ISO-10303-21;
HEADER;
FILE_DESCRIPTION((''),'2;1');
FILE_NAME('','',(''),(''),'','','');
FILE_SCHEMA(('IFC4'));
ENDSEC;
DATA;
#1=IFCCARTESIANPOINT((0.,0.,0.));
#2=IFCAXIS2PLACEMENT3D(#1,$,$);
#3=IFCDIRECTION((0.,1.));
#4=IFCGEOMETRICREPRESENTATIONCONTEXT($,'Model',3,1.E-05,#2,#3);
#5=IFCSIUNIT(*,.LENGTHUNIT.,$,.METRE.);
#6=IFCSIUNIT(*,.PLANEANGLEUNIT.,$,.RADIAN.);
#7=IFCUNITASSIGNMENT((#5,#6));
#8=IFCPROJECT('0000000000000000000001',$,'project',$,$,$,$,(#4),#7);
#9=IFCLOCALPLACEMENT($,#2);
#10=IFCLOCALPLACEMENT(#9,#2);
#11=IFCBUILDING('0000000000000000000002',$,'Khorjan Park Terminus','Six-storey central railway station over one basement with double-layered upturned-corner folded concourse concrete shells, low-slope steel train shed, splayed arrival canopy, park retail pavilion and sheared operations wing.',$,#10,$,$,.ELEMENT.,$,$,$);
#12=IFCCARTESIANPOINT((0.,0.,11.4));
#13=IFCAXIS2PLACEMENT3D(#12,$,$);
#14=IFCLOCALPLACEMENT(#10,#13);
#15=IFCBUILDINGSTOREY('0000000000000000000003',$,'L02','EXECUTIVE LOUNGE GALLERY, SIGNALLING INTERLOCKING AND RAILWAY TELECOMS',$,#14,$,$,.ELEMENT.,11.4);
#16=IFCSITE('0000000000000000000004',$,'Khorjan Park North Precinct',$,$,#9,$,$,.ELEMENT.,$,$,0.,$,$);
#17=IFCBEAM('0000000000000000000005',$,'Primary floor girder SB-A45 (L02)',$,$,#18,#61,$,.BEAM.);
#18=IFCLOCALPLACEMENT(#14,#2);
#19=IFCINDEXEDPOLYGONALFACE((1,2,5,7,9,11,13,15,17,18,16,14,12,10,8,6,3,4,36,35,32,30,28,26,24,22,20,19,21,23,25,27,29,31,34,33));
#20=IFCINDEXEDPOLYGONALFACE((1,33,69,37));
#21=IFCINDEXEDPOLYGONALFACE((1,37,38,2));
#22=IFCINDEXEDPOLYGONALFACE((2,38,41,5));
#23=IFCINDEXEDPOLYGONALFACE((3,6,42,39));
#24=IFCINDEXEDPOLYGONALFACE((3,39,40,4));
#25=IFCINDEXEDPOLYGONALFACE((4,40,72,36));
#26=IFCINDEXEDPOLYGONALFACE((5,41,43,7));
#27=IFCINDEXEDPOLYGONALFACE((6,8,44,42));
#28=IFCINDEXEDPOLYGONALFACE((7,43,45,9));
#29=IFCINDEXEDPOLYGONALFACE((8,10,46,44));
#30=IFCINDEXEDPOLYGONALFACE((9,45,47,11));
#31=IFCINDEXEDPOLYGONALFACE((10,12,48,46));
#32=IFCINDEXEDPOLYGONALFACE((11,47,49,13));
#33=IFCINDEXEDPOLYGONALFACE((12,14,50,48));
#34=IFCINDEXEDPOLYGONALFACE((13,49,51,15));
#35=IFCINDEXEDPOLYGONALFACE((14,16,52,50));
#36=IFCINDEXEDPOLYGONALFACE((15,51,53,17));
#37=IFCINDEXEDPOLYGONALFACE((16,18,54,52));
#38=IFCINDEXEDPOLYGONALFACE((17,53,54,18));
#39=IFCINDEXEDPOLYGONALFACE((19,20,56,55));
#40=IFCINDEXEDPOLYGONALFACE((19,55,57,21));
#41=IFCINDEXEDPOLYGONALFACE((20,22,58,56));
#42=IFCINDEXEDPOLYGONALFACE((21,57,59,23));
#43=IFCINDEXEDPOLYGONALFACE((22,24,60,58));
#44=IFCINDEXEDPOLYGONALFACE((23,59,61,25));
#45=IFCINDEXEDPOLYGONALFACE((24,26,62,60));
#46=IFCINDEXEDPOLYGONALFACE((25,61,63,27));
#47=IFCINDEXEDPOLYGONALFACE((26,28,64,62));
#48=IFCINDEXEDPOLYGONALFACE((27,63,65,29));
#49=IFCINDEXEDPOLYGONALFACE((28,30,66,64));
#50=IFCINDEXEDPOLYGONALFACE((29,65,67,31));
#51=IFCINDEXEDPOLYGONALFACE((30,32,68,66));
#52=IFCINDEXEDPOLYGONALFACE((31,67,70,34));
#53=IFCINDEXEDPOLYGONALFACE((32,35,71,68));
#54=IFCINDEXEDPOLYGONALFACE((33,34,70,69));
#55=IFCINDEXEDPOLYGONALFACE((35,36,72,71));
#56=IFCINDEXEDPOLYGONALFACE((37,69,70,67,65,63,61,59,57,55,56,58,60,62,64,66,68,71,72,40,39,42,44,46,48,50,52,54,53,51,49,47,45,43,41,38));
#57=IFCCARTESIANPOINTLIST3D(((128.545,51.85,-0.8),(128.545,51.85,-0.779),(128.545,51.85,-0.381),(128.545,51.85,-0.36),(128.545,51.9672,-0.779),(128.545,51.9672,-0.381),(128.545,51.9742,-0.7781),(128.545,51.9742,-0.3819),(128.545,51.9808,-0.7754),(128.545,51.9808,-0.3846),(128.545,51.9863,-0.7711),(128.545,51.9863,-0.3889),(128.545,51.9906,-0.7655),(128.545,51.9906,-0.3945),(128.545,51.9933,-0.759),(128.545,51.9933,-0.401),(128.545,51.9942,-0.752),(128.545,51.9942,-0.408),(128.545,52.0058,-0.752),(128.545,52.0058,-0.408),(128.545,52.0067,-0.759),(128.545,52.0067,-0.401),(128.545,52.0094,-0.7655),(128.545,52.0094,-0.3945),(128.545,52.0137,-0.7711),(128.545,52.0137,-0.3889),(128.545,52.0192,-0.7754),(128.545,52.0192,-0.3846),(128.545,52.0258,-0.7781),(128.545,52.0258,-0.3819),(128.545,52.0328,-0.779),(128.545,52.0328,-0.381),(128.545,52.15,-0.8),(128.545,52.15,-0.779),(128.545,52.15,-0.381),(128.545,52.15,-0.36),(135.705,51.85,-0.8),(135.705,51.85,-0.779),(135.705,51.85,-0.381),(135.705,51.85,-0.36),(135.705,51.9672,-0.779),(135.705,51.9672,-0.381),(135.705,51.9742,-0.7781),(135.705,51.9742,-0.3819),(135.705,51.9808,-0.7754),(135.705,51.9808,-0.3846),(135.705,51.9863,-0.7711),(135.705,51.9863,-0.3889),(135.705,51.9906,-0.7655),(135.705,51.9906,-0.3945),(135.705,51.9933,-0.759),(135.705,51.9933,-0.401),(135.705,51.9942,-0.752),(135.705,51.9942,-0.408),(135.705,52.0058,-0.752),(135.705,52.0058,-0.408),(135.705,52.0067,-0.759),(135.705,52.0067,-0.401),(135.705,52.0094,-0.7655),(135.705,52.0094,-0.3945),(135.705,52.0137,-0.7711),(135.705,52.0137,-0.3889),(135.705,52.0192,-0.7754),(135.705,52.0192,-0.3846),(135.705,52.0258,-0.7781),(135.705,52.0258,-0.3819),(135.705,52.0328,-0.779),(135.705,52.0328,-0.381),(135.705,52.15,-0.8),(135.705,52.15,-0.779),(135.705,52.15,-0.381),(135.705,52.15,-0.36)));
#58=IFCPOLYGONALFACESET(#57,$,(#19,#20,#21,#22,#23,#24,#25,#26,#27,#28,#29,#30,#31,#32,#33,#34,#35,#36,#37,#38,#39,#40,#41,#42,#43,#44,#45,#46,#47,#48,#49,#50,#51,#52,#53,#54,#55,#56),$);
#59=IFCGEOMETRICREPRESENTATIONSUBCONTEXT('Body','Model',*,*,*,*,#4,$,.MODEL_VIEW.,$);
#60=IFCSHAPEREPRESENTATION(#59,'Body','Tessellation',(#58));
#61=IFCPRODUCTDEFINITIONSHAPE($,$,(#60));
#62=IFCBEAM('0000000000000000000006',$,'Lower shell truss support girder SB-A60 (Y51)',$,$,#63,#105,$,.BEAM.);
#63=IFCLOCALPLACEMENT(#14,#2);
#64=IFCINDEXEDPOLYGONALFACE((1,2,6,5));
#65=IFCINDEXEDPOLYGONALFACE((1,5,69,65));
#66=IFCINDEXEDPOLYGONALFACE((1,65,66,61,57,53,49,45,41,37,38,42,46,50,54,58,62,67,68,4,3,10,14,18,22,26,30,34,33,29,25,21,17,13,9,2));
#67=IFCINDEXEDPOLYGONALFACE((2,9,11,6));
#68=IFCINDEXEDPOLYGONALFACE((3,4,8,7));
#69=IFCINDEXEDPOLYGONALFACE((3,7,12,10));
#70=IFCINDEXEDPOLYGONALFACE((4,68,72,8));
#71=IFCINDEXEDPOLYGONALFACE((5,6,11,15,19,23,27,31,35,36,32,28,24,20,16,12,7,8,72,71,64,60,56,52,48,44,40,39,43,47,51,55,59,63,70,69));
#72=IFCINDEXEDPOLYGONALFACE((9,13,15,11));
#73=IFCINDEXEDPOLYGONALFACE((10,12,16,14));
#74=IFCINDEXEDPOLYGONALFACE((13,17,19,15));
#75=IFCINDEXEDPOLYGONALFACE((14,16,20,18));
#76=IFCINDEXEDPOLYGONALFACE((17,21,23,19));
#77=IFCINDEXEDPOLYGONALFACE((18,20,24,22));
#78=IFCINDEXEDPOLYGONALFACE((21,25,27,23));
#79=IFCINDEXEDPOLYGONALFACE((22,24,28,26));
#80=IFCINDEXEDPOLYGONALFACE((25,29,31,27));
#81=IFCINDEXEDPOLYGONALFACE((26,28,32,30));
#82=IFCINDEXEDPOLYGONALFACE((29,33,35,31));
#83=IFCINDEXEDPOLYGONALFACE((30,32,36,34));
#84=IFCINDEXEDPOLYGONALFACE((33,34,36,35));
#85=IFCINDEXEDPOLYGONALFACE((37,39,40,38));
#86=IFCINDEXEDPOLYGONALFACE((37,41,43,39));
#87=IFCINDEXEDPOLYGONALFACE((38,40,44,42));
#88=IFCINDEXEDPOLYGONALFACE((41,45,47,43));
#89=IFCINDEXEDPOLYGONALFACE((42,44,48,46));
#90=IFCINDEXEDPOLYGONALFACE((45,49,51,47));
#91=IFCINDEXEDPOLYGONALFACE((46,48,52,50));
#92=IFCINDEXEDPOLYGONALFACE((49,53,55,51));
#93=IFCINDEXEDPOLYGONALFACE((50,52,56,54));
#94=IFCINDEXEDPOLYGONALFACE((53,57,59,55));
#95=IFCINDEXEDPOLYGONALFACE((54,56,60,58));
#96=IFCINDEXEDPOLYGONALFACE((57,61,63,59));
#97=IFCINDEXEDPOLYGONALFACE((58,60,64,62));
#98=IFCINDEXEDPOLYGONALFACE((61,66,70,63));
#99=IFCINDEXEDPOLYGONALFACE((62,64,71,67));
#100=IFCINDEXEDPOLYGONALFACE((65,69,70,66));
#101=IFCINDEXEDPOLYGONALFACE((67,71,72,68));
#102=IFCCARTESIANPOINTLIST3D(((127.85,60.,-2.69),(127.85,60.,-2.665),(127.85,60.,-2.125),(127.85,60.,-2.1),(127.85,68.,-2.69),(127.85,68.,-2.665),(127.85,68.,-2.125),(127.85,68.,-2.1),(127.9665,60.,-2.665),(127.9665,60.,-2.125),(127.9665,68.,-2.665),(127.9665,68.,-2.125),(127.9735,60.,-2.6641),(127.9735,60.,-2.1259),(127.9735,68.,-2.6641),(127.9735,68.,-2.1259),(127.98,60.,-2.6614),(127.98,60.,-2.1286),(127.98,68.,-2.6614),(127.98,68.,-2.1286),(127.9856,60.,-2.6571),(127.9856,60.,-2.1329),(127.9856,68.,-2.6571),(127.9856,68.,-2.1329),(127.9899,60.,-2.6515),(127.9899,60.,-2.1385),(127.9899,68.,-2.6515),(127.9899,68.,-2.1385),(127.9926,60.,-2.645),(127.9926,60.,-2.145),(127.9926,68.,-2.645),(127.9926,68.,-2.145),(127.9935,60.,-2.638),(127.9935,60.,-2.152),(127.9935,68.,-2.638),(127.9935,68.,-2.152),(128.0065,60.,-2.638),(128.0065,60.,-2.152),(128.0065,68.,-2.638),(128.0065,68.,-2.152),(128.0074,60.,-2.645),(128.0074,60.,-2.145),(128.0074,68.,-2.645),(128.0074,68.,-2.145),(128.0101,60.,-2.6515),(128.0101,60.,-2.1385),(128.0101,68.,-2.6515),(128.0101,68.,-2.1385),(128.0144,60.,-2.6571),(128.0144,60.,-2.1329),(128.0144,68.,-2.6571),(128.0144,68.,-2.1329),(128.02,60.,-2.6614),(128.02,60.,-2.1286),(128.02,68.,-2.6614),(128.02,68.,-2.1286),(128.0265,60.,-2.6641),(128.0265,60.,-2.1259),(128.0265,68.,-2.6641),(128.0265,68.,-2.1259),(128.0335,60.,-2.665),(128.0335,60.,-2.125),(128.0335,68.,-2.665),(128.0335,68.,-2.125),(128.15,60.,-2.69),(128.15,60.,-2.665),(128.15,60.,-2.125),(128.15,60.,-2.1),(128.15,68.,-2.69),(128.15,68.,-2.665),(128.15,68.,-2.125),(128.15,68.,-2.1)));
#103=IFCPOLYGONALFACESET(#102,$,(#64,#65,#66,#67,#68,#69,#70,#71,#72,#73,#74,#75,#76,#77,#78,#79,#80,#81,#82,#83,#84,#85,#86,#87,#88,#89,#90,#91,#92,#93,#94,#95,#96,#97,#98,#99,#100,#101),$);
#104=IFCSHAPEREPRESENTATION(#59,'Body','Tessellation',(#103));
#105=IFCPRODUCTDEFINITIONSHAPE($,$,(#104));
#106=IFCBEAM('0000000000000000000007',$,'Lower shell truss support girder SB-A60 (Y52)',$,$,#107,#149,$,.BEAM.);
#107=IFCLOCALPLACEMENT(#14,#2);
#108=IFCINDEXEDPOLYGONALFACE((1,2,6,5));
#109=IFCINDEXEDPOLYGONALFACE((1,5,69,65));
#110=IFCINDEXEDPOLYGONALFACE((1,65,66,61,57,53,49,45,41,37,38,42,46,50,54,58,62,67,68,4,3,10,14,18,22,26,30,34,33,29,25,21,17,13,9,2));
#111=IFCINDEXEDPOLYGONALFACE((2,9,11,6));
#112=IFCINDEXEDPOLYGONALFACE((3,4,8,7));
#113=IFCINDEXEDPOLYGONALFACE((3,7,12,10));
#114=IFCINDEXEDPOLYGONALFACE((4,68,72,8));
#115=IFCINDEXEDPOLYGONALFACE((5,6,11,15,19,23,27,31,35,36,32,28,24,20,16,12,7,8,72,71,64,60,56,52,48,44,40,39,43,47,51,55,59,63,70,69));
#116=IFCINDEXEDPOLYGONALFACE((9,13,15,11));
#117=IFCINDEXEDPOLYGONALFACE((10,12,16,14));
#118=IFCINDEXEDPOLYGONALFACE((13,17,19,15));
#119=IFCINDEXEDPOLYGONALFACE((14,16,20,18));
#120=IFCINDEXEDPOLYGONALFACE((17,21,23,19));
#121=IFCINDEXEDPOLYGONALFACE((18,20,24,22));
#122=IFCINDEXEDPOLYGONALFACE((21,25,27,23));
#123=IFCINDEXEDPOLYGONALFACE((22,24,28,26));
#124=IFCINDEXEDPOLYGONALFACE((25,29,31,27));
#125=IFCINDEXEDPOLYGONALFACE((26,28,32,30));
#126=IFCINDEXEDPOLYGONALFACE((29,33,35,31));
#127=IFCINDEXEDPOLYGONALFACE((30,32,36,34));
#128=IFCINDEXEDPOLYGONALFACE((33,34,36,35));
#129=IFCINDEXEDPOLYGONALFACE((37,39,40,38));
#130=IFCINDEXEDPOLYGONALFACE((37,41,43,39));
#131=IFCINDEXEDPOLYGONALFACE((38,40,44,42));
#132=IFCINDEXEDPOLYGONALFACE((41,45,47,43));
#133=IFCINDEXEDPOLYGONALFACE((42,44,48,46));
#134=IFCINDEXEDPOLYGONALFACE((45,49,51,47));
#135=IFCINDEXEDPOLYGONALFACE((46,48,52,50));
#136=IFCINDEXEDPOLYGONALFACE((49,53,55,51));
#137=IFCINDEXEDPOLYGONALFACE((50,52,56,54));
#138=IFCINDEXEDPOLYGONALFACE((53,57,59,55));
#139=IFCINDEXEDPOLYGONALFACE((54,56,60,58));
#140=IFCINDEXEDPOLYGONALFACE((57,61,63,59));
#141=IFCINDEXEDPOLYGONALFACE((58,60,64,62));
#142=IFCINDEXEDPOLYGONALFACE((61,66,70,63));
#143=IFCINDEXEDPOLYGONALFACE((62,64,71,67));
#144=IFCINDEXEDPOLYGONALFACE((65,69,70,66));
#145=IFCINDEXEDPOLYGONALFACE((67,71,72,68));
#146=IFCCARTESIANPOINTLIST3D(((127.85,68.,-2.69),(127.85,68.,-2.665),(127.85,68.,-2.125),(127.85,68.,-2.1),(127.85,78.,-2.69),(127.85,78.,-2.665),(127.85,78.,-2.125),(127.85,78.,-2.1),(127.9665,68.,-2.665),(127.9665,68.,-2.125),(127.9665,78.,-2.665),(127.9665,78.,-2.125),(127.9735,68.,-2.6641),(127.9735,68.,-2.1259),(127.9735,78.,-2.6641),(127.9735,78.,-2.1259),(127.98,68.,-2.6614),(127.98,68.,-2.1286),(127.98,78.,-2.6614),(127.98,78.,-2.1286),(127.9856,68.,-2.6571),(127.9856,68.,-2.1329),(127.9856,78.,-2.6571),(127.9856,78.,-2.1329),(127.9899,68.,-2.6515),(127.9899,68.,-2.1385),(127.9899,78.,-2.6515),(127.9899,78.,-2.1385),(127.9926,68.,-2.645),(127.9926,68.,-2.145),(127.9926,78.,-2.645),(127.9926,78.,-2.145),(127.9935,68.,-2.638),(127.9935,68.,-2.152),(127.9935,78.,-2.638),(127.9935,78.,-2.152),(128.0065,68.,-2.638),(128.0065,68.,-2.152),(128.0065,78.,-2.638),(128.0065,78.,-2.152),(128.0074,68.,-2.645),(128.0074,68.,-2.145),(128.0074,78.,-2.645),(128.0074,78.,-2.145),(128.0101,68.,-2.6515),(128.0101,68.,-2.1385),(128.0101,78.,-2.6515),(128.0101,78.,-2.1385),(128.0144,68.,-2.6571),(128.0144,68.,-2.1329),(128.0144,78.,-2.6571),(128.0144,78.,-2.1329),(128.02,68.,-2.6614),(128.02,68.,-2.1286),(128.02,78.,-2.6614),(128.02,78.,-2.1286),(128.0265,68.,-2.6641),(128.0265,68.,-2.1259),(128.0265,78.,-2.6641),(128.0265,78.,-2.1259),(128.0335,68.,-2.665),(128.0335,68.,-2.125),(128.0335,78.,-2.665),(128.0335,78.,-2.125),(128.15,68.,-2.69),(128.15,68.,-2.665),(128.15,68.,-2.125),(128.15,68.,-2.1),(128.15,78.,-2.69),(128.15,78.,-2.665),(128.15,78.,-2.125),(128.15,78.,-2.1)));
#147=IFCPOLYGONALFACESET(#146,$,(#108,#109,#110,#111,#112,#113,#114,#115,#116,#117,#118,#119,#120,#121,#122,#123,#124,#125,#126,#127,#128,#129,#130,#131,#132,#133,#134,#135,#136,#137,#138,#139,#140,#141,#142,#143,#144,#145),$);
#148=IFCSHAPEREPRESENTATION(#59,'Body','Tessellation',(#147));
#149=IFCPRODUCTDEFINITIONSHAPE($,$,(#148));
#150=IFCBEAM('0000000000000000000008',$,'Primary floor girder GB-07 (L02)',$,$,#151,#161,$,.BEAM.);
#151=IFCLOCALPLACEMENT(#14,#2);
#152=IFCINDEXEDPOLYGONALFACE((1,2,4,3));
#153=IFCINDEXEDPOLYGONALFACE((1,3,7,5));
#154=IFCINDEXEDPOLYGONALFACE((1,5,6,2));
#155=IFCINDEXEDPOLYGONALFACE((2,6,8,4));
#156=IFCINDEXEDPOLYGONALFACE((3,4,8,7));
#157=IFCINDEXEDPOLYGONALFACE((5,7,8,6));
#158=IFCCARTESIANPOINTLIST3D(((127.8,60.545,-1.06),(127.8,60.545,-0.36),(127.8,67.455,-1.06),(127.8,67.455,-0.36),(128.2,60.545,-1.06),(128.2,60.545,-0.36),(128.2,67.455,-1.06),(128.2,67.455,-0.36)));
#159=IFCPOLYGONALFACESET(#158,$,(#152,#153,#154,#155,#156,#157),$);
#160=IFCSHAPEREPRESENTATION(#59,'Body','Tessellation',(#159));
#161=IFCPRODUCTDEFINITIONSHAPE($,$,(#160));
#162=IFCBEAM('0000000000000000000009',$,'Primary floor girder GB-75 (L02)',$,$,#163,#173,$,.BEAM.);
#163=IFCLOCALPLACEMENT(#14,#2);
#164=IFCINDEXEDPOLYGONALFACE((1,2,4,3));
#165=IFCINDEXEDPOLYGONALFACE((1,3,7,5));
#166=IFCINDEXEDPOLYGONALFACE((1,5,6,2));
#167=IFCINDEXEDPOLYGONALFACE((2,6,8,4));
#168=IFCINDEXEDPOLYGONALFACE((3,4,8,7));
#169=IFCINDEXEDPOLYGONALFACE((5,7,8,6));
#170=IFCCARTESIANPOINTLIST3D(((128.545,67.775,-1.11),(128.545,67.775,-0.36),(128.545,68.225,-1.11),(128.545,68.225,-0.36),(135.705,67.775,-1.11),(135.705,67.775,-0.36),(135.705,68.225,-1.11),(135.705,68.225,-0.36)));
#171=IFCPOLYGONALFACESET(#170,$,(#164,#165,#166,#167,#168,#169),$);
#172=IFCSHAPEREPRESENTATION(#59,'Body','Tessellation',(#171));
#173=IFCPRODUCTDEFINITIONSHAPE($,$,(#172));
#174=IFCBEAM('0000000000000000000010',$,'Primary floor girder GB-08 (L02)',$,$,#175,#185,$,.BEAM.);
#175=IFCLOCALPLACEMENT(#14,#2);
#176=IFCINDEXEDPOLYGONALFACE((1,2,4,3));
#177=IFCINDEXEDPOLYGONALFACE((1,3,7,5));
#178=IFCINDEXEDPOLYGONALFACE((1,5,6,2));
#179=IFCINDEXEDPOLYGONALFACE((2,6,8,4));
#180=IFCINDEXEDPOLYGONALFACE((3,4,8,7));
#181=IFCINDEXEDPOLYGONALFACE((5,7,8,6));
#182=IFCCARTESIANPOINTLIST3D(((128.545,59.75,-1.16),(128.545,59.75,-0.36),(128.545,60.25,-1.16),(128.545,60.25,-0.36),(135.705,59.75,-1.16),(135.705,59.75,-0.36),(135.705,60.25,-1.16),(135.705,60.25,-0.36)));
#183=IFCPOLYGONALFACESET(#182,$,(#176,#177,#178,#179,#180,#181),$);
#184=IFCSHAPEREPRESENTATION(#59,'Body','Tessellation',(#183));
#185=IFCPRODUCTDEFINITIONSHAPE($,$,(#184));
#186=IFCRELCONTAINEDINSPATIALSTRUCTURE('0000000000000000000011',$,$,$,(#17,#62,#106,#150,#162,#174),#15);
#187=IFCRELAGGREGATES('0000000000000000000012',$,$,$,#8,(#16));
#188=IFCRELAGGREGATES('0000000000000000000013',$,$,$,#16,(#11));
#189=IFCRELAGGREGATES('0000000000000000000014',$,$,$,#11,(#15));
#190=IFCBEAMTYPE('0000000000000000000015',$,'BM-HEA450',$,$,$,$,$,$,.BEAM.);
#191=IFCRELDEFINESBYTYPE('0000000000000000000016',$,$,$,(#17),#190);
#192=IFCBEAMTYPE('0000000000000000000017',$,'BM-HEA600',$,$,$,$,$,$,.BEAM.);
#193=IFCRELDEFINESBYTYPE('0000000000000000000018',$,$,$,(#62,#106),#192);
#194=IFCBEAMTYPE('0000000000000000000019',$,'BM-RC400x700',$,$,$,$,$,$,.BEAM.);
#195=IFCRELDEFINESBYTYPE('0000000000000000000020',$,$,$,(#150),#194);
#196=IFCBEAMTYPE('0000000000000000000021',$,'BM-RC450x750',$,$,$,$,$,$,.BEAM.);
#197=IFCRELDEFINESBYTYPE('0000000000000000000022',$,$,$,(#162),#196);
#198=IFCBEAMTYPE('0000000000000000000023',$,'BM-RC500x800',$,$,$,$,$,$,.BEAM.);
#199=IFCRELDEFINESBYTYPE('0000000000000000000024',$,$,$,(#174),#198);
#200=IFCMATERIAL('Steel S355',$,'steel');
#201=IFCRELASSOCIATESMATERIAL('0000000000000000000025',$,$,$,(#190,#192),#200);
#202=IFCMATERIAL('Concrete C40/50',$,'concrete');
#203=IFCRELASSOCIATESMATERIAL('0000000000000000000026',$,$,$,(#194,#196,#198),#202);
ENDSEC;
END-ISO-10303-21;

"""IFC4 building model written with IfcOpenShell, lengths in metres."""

from ifc_helpers import new_model, si_unit, direction, frame, origin, origin_2d, place, context, subcontext, project, spatial, rectangle, i_section, extrude, material, material_profile, profile_set, type_object, element, save


model = new_model("IFC4")

# Units and contexts
model_context = context("Model", 3, precision=1e-05, world=origin(), true_north=direction((0.0, 1.0)))
body_context = subcontext(model_context, "Body", "Model", "MODEL_VIEW")
ifc_project = project(units=[si_unit("LENGTHUNIT", "METRE"), si_unit("PLANEANGLEUNIT", "RADIAN")], contexts=[model_context])

# Site, building, storey
site_placement = place(None, origin())
site = spatial("IfcSite", under=ifc_project, at=site_placement, Name="Khorjan Park North Precinct", CompositionType="ELEMENT", RefElevation=0.0)
building_placement = place(site_placement, origin())
building = spatial("IfcBuilding", under=site, at=building_placement, Name="Khorjan Park Terminus", Description="Six-storey central railway station over one basement with double-layered upturned-corner folded concourse concrete shells, low-slope steel train shed, splayed arrival canopy, park retail pavilion and sheared operations wing.", CompositionType="ELEMENT")
storey_placement = place(building_placement, frame((0.0, 0.0, 11.4)))
storey = spatial("IfcBuildingStorey", under=building, at=storey_placement, Name="L02", Description="EXECUTIVE LOUNGE GALLERY, SIGNALLING INTERLOCKING AND RAILWAY TELECOMS", CompositionType="ELEMENT", Elevation=11.4)

# Beams
ifc_material_1 = material(Name="Steel S355", Category="steel")
ifc_material_profile_1 = material_profile(ifc_material_1, i_section(OverallWidth=0.3, OverallDepth=0.44, WebThickness=0.0115, FlangeThickness=0.021, FilletRadius=0.027, at=origin_2d()), Name="HEA 450")
ifc_profile_set_1 = profile_set([ifc_material_profile_1], Name="Steel S355")
beam_type_1 = type_object("IfcBeamType", Name="BM-HEA450", PredefinedType="BEAM", material=ifc_profile_set_1)
beam_1_placement = place(storey_placement, frame((128.545, 52.0, -0.58), z_axis=(1.0, 0.0, 0.0), x_axis=(0.0, 1.0, 0.0)))
element("IfcBeam", 1, at=beam_1_placement, inside=storey, type_object=beam_type_1, Name="Primary floor girder SB-A45 (L02)", PredefinedType="BEAM", context=body_context, shape_type="SweptSolid", body=[
    extrude(i_section(OverallWidth=0.3, OverallDepth=0.44, WebThickness=0.0115, FlangeThickness=0.021, FilletRadius=0.027, at=origin_2d()), origin(), (0.0, 0.0, 1.0), 7.16),
])
ifc_material_profile_2 = material_profile(ifc_material_1, i_section(OverallWidth=0.3, OverallDepth=0.59, WebThickness=0.013, FlangeThickness=0.025, FilletRadius=0.027, at=origin_2d()), Name="HEA 600")
ifc_profile_set_2 = profile_set([ifc_material_profile_2], Name="Steel S355")
beam_type_2 = type_object("IfcBeamType", Name="BM-HEA600", PredefinedType="BEAM", material=ifc_profile_set_2)
beam_2_placement = place(storey_placement, frame((128.0, 60.0, -2.395), z_axis=(0.0, 1.0, 0.0), x_axis=(-1.0, 0.0, 0.0)))
element("IfcBeam", 2, at=beam_2_placement, inside=storey, type_object=beam_type_2, Name="Lower shell truss support girder SB-A60 (Y51)", PredefinedType="BEAM", context=body_context, shape_type="SweptSolid", body=[
    extrude(i_section(OverallWidth=0.3, OverallDepth=0.59, WebThickness=0.013, FlangeThickness=0.025, FilletRadius=0.027, at=origin_2d()), origin(), (0.0, 0.0, 1.0), 8.0),
])
beam_3_placement = place(storey_placement, frame((128.0, 68.0, -2.395), z_axis=(0.0, 1.0, 0.0), x_axis=(-1.0, 0.0, 0.0)))
element("IfcBeam", 3, at=beam_3_placement, inside=storey, type_object=beam_type_2, Name="Lower shell truss support girder SB-A60 (Y52)", PredefinedType="BEAM", context=body_context, shape_type="SweptSolid", body=[
    extrude(i_section(OverallWidth=0.3, OverallDepth=0.59, WebThickness=0.013, FlangeThickness=0.025, FilletRadius=0.027, at=origin_2d()), origin(), (0.0, 0.0, 1.0), 10.0),
])
ifc_material_2 = material(Name="Concrete C40/50", Category="concrete")
ifc_material_profile_3 = material_profile(ifc_material_2, rectangle(XDim=0.4, YDim=0.7, at=origin_2d()), Name="RC 400x700")
ifc_profile_set_3 = profile_set([ifc_material_profile_3], Name="Concrete C40/50")
beam_type_3 = type_object("IfcBeamType", Name="BM-RC400x700", PredefinedType="BEAM", material=ifc_profile_set_3)
beam_4_placement = place(storey_placement, frame((128.0, 60.545, -0.71), z_axis=(0.0, 1.0, 0.0), x_axis=(-1.0, 0.0, 0.0)))
element("IfcBeam", 4, at=beam_4_placement, inside=storey, type_object=beam_type_3, Name="Primary floor girder GB-07 (L02)", PredefinedType="BEAM", context=body_context, shape_type="SweptSolid", body=[
    extrude(rectangle(XDim=0.4, YDim=0.7, at=origin_2d()), origin(), (0.0, 0.0, 1.0), 6.91),
])
ifc_material_profile_4 = material_profile(ifc_material_2, rectangle(XDim=0.45, YDim=0.75, at=origin_2d()), Name="RC 450x750")
ifc_profile_set_4 = profile_set([ifc_material_profile_4], Name="Concrete C40/50")
beam_type_4 = type_object("IfcBeamType", Name="BM-RC450x750", PredefinedType="BEAM", material=ifc_profile_set_4)
beam_5_placement = place(storey_placement, frame((128.545, 68.0, -0.735), z_axis=(1.0, 0.0, 0.0), x_axis=(0.0, 1.0, 0.0)))
element("IfcBeam", 5, at=beam_5_placement, inside=storey, type_object=beam_type_4, Name="Primary floor girder GB-75 (L02)", PredefinedType="BEAM", context=body_context, shape_type="SweptSolid", body=[
    extrude(rectangle(XDim=0.45, YDim=0.75, at=origin_2d()), origin(), (0.0, 0.0, 1.0), 7.16),
])
ifc_material_profile_5 = material_profile(ifc_material_2, rectangle(XDim=0.5, YDim=0.8, at=origin_2d()), Name="RC 500x800")
ifc_profile_set_5 = profile_set([ifc_material_profile_5], Name="Concrete C40/50")
beam_type_5 = type_object("IfcBeamType", Name="BM-RC500x800", PredefinedType="BEAM", material=ifc_profile_set_5)
beam_6_placement = place(storey_placement, frame((128.545, 60.0, -0.76), z_axis=(1.0, 0.0, 0.0), x_axis=(0.0, 1.0, 0.0)))
element("IfcBeam", 6, at=beam_6_placement, inside=storey, type_object=beam_type_5, Name="Primary floor girder GB-08 (L02)", PredefinedType="BEAM", context=body_context, shape_type="SweptSolid", body=[
    extrude(rectangle(XDim=0.5, YDim=0.8, at=origin_2d()), origin(), (0.0, 0.0, 1.0), 7.16),
])

save(model, "model.ifc")
